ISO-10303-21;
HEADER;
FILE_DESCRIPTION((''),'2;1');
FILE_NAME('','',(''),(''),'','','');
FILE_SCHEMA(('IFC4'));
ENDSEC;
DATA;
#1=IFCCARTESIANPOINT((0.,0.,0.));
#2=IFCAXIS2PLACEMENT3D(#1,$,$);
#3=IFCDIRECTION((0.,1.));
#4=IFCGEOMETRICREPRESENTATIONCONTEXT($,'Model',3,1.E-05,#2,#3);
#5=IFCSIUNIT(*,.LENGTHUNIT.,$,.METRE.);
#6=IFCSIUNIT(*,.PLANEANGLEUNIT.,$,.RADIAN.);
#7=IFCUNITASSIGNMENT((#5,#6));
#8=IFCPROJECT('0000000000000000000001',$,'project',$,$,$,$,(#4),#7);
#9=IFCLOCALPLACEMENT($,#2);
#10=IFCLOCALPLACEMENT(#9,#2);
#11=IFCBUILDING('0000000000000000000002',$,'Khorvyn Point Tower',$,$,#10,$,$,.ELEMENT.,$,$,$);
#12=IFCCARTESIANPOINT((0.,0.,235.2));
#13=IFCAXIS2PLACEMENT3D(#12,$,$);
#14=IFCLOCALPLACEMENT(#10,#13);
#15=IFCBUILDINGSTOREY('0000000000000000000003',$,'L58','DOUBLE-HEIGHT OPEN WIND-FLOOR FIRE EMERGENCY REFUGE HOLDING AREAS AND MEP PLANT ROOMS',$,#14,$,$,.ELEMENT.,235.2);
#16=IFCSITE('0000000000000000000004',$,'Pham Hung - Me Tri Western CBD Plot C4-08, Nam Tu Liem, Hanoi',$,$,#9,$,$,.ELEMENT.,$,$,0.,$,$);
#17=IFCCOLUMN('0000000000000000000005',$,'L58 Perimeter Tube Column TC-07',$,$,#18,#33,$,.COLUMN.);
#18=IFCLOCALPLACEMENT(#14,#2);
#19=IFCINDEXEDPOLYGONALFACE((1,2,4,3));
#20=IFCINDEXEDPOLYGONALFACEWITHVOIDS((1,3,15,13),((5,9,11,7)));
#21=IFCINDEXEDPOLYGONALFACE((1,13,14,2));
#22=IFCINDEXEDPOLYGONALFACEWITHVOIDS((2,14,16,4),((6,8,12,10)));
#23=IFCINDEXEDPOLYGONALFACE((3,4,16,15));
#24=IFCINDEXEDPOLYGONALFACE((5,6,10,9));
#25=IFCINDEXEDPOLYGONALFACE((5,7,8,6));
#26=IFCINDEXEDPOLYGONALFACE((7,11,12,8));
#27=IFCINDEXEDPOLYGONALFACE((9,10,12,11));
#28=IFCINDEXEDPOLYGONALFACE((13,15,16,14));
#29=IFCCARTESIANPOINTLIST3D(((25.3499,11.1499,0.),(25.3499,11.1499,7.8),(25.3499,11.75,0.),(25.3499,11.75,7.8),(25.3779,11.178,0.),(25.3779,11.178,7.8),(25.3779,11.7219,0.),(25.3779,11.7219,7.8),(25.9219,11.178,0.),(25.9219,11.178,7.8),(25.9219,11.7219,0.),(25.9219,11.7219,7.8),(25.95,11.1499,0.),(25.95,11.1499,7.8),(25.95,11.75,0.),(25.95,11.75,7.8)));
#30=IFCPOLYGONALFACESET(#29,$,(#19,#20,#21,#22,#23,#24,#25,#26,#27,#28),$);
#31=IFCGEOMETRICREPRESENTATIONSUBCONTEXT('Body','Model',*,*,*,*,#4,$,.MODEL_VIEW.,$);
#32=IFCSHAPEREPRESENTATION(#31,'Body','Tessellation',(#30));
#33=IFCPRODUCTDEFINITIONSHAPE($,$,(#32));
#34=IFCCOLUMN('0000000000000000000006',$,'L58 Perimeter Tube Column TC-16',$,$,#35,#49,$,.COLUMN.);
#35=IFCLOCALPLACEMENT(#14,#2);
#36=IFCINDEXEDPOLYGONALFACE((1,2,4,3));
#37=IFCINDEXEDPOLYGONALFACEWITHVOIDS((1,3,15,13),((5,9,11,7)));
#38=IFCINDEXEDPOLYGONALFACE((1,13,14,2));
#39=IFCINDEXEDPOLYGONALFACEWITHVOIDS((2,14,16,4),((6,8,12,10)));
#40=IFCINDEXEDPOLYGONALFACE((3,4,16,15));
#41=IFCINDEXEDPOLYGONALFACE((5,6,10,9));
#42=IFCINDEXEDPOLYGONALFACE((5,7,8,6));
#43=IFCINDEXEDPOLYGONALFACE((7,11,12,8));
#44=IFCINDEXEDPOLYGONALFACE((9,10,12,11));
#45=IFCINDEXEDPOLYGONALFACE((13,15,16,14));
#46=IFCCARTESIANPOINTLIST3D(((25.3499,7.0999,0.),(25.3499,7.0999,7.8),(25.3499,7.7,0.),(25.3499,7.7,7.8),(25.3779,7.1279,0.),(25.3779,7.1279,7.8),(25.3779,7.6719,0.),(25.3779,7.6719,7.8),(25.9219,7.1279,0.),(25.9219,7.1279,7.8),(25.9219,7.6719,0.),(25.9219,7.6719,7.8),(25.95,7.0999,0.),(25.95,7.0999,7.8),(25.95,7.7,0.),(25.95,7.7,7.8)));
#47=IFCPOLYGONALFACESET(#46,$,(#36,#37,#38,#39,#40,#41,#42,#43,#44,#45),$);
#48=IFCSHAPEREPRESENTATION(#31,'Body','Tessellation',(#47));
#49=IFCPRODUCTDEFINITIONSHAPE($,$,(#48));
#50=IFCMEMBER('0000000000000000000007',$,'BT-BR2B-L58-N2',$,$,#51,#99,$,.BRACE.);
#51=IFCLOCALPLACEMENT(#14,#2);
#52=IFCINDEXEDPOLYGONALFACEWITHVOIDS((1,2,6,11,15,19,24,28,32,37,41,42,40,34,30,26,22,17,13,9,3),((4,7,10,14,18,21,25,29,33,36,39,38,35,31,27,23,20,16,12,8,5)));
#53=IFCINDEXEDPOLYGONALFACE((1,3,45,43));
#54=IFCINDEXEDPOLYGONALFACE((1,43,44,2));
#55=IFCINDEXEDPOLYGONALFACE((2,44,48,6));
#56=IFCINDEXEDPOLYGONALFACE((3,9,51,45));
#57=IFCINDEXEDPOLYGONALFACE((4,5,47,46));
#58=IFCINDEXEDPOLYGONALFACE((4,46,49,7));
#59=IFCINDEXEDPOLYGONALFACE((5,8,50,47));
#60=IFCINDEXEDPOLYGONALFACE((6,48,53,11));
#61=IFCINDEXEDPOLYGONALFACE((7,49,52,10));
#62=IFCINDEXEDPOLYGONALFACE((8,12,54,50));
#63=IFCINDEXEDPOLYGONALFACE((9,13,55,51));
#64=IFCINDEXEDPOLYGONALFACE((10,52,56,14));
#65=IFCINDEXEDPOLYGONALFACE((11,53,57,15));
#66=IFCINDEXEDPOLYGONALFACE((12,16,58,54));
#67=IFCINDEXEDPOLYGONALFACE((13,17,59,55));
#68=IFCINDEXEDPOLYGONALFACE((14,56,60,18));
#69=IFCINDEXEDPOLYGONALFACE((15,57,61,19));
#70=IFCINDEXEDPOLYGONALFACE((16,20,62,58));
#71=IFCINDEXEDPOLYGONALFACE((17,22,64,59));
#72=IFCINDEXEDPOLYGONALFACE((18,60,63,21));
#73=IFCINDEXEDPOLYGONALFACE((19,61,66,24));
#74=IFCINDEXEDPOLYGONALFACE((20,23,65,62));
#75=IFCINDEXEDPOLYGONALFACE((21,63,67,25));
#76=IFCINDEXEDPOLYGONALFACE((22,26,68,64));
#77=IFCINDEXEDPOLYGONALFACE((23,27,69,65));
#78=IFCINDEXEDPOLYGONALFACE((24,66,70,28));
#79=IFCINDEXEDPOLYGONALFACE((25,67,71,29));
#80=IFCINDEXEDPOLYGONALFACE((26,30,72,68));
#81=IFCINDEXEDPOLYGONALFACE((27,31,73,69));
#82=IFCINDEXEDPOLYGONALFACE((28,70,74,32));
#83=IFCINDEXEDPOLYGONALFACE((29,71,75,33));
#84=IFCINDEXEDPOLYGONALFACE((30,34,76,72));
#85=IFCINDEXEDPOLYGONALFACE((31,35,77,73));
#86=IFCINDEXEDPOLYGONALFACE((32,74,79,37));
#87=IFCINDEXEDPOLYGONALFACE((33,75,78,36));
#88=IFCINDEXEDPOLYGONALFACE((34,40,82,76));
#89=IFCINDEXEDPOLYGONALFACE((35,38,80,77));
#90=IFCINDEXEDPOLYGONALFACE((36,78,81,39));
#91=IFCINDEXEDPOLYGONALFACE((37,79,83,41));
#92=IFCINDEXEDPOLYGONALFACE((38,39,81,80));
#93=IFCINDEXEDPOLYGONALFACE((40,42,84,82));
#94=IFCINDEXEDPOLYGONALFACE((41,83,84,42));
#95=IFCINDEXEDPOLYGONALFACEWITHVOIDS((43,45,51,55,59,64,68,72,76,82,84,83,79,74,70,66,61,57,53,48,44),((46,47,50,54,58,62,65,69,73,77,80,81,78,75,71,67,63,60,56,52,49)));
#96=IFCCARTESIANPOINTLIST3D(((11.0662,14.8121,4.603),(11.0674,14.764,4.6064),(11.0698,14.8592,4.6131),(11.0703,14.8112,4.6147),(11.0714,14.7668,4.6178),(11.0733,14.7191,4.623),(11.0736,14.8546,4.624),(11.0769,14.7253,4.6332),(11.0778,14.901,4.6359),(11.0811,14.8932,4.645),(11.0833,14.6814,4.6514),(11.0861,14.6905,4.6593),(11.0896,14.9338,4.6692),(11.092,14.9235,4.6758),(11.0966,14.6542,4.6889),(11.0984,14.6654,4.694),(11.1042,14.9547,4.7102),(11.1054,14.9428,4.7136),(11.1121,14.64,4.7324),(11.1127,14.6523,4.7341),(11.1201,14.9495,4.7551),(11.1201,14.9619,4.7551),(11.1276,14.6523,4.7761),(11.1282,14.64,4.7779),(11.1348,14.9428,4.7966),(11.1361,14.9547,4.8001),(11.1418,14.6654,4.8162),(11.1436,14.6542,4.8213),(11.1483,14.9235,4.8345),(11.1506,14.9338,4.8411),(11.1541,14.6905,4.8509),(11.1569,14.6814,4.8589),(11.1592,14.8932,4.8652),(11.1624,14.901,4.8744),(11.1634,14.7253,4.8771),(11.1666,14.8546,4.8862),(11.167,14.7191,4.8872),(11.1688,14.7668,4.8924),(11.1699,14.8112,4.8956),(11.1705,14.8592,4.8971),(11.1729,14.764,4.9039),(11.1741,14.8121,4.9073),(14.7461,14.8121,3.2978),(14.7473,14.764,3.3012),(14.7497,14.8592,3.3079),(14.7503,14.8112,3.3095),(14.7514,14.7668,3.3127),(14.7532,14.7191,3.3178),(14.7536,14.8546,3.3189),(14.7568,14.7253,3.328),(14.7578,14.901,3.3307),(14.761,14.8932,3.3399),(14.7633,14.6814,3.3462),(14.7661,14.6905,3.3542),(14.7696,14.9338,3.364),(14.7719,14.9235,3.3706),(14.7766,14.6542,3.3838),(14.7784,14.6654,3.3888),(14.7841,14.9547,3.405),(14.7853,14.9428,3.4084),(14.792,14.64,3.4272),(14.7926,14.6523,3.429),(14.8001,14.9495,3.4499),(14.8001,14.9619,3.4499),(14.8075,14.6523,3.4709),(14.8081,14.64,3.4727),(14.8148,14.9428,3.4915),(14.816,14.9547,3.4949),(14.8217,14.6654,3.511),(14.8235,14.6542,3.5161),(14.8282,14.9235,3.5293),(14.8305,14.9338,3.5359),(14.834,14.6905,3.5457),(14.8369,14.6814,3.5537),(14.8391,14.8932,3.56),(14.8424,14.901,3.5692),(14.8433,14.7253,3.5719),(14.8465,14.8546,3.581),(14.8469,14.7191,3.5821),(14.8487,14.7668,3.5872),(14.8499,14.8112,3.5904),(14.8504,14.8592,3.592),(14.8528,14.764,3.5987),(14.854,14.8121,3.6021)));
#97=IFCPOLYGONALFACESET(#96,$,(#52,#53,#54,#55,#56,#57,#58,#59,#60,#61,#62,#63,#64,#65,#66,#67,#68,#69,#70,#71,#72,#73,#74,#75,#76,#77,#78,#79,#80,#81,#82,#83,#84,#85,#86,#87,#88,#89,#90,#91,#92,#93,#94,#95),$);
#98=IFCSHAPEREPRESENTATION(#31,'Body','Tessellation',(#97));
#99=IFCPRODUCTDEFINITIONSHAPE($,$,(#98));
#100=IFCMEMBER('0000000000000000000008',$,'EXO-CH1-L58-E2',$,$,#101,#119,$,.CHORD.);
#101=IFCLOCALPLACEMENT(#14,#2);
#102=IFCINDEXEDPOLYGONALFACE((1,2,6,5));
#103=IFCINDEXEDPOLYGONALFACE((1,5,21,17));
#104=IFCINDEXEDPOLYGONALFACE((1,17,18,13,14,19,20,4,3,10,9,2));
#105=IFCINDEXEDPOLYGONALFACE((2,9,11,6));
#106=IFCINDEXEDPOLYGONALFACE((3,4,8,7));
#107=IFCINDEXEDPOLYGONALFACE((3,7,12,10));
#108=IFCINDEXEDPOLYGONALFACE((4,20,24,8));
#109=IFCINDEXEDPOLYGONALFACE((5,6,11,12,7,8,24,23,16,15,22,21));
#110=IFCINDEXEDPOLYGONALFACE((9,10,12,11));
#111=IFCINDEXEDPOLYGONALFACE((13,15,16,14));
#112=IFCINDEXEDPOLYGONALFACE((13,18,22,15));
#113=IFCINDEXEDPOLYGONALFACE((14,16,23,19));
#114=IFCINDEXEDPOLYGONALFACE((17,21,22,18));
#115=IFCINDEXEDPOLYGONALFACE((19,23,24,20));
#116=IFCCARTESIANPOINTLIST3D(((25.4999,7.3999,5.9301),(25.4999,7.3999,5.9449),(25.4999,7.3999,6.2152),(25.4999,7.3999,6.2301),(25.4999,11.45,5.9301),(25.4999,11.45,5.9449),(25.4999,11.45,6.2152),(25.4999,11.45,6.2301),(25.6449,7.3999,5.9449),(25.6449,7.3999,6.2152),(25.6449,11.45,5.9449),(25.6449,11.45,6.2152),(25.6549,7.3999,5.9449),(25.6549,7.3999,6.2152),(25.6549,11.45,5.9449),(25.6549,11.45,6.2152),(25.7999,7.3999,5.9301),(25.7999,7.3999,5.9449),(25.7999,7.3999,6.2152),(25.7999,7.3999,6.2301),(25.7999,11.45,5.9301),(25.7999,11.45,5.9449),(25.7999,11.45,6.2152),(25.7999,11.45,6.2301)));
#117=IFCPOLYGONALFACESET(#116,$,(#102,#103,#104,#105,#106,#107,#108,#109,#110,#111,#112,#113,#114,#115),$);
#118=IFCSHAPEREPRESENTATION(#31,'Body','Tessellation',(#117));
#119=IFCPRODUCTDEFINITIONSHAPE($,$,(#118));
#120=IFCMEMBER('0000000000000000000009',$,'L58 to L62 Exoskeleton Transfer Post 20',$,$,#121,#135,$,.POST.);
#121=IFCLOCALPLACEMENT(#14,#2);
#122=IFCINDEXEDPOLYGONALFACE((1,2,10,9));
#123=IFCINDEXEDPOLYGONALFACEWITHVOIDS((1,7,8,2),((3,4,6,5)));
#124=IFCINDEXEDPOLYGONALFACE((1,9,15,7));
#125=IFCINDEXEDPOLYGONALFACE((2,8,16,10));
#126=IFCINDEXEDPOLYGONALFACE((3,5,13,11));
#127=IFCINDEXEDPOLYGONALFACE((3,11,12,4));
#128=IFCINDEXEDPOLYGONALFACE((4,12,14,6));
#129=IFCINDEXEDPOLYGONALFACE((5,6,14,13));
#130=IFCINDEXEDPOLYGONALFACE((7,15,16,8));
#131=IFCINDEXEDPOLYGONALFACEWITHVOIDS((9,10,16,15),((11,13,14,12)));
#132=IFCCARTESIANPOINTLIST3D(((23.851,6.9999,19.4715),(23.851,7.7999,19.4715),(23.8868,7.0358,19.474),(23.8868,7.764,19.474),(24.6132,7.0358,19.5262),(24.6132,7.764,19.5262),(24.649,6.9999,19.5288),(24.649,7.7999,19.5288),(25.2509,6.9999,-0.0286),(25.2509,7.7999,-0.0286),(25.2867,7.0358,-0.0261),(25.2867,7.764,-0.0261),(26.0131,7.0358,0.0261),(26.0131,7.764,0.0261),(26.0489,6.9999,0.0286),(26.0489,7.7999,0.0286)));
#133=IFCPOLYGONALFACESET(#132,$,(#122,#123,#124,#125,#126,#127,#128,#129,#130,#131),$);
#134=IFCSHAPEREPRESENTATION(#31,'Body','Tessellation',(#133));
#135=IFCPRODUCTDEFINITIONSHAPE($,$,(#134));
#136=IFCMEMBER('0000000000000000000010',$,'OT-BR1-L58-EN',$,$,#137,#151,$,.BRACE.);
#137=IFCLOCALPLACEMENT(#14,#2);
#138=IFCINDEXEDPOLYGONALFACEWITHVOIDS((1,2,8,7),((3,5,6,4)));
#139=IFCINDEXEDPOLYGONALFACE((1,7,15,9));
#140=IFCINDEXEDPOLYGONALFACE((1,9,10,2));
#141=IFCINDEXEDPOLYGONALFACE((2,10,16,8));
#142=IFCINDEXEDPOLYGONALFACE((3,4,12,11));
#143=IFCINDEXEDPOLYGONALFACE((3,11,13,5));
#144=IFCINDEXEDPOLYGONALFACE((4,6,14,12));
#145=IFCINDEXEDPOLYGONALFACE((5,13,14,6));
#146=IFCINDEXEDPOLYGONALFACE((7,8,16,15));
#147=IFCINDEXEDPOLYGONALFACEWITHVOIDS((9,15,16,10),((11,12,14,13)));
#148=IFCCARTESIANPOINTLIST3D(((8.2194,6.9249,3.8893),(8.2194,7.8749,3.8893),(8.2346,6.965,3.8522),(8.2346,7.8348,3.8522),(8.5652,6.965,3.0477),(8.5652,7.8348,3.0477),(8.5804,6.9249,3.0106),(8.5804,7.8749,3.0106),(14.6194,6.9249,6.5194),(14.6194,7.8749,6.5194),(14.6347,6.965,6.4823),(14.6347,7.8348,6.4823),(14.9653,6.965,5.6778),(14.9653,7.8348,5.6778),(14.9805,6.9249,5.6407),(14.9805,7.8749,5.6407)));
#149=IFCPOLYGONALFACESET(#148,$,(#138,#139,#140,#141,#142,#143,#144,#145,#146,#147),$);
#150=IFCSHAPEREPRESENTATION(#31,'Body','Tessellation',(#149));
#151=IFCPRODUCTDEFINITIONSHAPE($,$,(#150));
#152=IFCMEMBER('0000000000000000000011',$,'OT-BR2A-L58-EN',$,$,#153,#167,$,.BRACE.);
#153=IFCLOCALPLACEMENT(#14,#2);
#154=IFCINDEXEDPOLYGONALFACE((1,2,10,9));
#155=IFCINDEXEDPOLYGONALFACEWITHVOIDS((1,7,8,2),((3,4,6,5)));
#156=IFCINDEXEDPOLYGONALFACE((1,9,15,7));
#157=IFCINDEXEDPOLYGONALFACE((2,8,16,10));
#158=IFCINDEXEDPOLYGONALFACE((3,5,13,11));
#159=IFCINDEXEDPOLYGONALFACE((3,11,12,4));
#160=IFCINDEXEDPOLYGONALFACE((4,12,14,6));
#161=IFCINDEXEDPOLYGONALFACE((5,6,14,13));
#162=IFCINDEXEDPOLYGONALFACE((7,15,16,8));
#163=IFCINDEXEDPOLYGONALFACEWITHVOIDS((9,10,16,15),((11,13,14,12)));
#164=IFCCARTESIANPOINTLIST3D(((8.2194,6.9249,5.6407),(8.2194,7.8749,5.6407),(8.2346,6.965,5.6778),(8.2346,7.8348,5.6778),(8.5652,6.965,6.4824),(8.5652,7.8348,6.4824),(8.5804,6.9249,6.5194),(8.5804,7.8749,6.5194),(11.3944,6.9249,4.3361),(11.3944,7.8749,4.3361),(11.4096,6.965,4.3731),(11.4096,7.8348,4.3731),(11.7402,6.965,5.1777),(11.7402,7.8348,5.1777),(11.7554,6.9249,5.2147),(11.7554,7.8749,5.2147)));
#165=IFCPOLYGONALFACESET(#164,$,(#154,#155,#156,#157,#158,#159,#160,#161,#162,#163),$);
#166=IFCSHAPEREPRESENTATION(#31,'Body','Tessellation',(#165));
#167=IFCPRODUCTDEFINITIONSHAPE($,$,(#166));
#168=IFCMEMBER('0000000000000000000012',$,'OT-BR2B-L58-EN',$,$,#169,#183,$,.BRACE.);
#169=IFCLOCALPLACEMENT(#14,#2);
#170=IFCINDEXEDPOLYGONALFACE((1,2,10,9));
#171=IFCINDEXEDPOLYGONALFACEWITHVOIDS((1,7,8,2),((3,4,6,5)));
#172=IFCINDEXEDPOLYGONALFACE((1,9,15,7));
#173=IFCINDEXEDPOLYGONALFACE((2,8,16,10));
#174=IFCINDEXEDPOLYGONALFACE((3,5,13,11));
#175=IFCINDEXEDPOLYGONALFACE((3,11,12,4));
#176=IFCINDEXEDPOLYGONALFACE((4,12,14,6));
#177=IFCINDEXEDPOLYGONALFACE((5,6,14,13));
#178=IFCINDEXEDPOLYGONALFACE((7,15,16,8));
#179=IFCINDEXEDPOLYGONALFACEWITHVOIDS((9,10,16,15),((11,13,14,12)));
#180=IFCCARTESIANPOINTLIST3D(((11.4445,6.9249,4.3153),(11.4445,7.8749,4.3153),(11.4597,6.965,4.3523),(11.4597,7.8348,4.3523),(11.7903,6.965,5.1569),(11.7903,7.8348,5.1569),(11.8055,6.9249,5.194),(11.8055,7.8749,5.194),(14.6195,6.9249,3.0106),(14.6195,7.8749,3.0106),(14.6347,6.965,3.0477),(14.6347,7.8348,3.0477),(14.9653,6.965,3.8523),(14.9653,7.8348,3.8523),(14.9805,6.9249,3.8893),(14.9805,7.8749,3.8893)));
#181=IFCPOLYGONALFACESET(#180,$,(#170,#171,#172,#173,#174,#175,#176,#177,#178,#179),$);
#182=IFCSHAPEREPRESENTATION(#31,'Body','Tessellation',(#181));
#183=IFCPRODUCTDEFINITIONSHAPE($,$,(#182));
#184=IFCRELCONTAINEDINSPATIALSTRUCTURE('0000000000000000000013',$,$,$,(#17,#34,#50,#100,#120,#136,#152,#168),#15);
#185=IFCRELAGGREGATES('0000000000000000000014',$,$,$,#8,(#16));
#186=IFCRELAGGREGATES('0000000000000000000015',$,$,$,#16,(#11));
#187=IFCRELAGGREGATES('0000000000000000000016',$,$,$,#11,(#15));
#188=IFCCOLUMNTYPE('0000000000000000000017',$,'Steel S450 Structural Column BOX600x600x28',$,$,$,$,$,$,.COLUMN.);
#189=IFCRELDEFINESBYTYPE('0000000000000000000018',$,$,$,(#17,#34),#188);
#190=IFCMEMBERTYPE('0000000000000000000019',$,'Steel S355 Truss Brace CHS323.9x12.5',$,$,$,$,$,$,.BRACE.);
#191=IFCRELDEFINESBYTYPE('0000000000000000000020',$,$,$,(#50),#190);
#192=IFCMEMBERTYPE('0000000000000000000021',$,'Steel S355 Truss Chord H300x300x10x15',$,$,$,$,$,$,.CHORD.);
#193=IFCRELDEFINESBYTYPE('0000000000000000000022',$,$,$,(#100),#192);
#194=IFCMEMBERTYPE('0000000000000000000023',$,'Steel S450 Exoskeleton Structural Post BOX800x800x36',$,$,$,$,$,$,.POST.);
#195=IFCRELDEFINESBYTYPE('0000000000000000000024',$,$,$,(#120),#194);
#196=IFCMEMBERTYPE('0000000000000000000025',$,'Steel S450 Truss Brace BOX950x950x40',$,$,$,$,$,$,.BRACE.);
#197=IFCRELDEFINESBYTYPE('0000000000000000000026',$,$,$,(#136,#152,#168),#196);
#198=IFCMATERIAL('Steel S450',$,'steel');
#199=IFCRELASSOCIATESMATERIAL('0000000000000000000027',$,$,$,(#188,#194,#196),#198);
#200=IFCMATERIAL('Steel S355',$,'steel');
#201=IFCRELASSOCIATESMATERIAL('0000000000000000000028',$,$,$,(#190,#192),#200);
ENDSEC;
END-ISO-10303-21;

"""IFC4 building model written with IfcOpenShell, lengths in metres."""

from ifc_helpers import new_model, si_unit, direction, frame, origin, origin_2d, place, context, subcontext, project, spatial, hollow_rectangle, hollow_circle, i_section, extrude, material, material_profile, profile_set, type_object, element, save


model = new_model("IFC4")

# Units and contexts
model_context = context("Model", 3, precision=1e-05, world=origin(), true_north=direction((0.0, 1.0)))
body_context = subcontext(model_context, "Body", "Model", "MODEL_VIEW")
ifc_project = project(units=[si_unit("LENGTHUNIT", "METRE"), si_unit("PLANEANGLEUNIT", "RADIAN")], contexts=[model_context])

# Site, building, storey
site_placement = place(None, origin())
site = spatial("IfcSite", under=ifc_project, at=site_placement, Name="Pham Hung - Me Tri Western CBD Plot C4-08, Nam Tu Liem, Hanoi", CompositionType="ELEMENT", RefElevation=0.0)
building_placement = place(site_placement, origin())
building = spatial("IfcBuilding", under=site, at=building_placement, Name="Khorvyn Point Tower", CompositionType="ELEMENT")
storey_placement = place(building_placement, frame((0.0, 0.0, 235.2)))
storey = spatial("IfcBuildingStorey", under=building, at=storey_placement, Name="L58", Description="DOUBLE-HEIGHT OPEN WIND-FLOOR FIRE EMERGENCY REFUGE HOLDING AREAS AND MEP PLANT ROOMS", CompositionType="ELEMENT", Elevation=235.2)

# Columns
ifc_material_1 = material(Name="Steel S450", Category="steel")
ifc_material_profile_1 = material_profile(ifc_material_1, hollow_rectangle(XDim=0.6001, YDim=0.6001, WallThickness=0.0281, at=origin_2d()))
ifc_profile_set_1 = profile_set([ifc_material_profile_1], Name="Steel S450 BOX600x600x28")
column_type = type_object("IfcColumnType", Name="Steel S450 Structural Column BOX600x600x28", PredefinedType="COLUMN", material=ifc_profile_set_1)
for number, where, z_axis, x_axis, name in (
    (1, (25.6499, 11.45, 0.0), (0.0, 0.0, 1.0), (1.0, 0.0, 0.0), "L58 Perimeter Tube Column TC-07"),
    (2, (25.6499, 7.3999, 0.0), (0.0, 0.0, 1.0), (1.0, 0.0, 0.0), "L58 Perimeter Tube Column TC-16"),
):
    element("IfcColumn", number, at=place(storey_placement, frame(where, z_axis=z_axis, x_axis=x_axis)), inside=storey, type_object=column_type, Name=name, PredefinedType="COLUMN", context=body_context, shape_type="SweptSolid", body=[
        extrude(hollow_rectangle(XDim=0.6001, YDim=0.6001, WallThickness=0.0281, at=origin_2d()), origin(), (0.0, 0.0, 1.0), 7.8),
    ])

# Members
ifc_material_2 = material(Name="Steel S355", Category="steel")
ifc_material_profile_2 = material_profile(ifc_material_2, hollow_circle(Radius=0.1619, WallThickness=0.0125, at=origin_2d()))
ifc_profile_set_2 = profile_set([ifc_material_profile_2], Name="Steel S355 CHS323.9x12.5")
member_type_1 = type_object("IfcMemberType", Name="Steel S355 Truss Brace CHS323.9x12.5", PredefinedType="BRACE", material=ifc_profile_set_2)
member_1_placement = place(storey_placement, frame((11.1201, 14.8, 4.7551), z_axis=(0.942477, 0.0, -0.334272), x_axis=(0.0, 1.0, 0.0)))
element("IfcMember", 3, at=member_1_placement, inside=storey, type_object=member_type_1, Name="BT-BR2B-L58-N2", PredefinedType="BRACE", context=body_context, shape_type="SweptSolid", body=[
    extrude(hollow_circle(Radius=0.1619, WallThickness=0.0125, at=origin_2d()), origin(), (0.0, 0.0, 1.0), 3.9045),
])
ifc_material_profile_3 = material_profile(ifc_material_2, i_section(OverallWidth=0.3, OverallDepth=0.3, WebThickness=0.01, FlangeThickness=0.0149, at=origin_2d()))
ifc_profile_set_3 = profile_set([ifc_material_profile_3], Name="Steel S355 H300x300x10x15")
member_type_2 = type_object("IfcMemberType", Name="Steel S355 Truss Chord H300x300x10x15", PredefinedType="CHORD", material=ifc_profile_set_3)
member_2_placement = place(storey_placement, frame((25.6499, 7.3999, 6.0801), z_axis=(0.0, 1.0, 0.0), x_axis=(-1.0, 0.0, 0.0)))
element("IfcMember", 4, at=member_2_placement, inside=storey, type_object=member_type_2, Name="EXO-CH1-L58-E2", PredefinedType="CHORD", context=body_context, shape_type="SweptSolid", body=[
    extrude(i_section(OverallWidth=0.3, OverallDepth=0.3, WebThickness=0.01, FlangeThickness=0.0149, at=origin_2d()), origin(), (0.0, 0.0, 1.0), 4.05),
])
ifc_material_profile_4 = material_profile(ifc_material_1, hollow_rectangle(XDim=0.8, YDim=0.8, WallThickness=0.0359, at=origin_2d()))
ifc_profile_set_4 = profile_set([ifc_material_profile_4], Name="Steel S450 BOX800x800x36")
member_type_3 = type_object("IfcMemberType", Name="Steel S450 Exoskeleton Structural Post BOX800x800x36", PredefinedType="POST", material=ifc_profile_set_4)
member_3_placement = place(storey_placement, frame((25.6499, 7.3999, 0.0), z_axis=(-0.071606, 0.0, 0.997433), x_axis=(0.0, -1.0, 0.0)))
element("IfcMember", 5, at=member_3_placement, inside=storey, type_object=member_type_3, Name="L58 to L62 Exoskeleton Transfer Post 20", PredefinedType="POST", context=body_context, shape_type="SweptSolid", body=[
    extrude(hollow_rectangle(XDim=0.8, YDim=0.8, WallThickness=0.0359, at=origin_2d()), origin(), (0.0, 0.0, 1.0), 19.5503),
])
ifc_material_profile_5 = material_profile(ifc_material_1, hollow_rectangle(XDim=0.95, YDim=0.95, WallThickness=0.04, at=origin_2d()))
ifc_profile_set_5 = profile_set([ifc_material_profile_5], Name="Steel S450 BOX950x950x40")
member_type_4 = type_object("IfcMemberType", Name="Steel S450 Truss Brace BOX950x950x40", PredefinedType="BRACE", material=ifc_profile_set_5)
member_4_placement = place(storey_placement, frame((8.3999, 7.3999, 3.45), z_axis=(0.924944, 0.0, 0.380104), x_axis=(0.0, 1.0, 0.0)))
element("IfcMember", 6, at=member_4_placement, inside=storey, type_object=member_type_4, Name="OT-BR1-L58-EN", PredefinedType="BRACE", context=body_context, shape_type="SweptSolid", body=[
    extrude(hollow_rectangle(XDim=0.95, YDim=0.95, WallThickness=0.04, at=origin_2d()), origin(), (0.0, 0.0, 1.0), 6.9194),
])
for number, where, z_axis, x_axis, name in (
    (7, (8.3999, 7.3999, 6.0801), (0.924953, 0.0, -0.380081), (0.0, 1.0, 0.0), "OT-BR2A-L58-EN"),
    (8, (11.625, 7.3999, 4.7546), (0.924953, 0.0, -0.380081), (0.0, 1.0, 0.0), "OT-BR2B-L58-EN"),
):
    element("IfcMember", number, at=place(storey_placement, frame(where, z_axis=z_axis, x_axis=x_axis)), inside=storey, type_object=member_type_4, Name=name, PredefinedType="BRACE", context=body_context, shape_type="SweptSolid", body=[
        extrude(hollow_rectangle(XDim=0.95, YDim=0.95, WallThickness=0.04, at=origin_2d()), origin(), (0.0, 0.0, 1.0), 3.4326),
    ])

save(model, "model.ifc")
